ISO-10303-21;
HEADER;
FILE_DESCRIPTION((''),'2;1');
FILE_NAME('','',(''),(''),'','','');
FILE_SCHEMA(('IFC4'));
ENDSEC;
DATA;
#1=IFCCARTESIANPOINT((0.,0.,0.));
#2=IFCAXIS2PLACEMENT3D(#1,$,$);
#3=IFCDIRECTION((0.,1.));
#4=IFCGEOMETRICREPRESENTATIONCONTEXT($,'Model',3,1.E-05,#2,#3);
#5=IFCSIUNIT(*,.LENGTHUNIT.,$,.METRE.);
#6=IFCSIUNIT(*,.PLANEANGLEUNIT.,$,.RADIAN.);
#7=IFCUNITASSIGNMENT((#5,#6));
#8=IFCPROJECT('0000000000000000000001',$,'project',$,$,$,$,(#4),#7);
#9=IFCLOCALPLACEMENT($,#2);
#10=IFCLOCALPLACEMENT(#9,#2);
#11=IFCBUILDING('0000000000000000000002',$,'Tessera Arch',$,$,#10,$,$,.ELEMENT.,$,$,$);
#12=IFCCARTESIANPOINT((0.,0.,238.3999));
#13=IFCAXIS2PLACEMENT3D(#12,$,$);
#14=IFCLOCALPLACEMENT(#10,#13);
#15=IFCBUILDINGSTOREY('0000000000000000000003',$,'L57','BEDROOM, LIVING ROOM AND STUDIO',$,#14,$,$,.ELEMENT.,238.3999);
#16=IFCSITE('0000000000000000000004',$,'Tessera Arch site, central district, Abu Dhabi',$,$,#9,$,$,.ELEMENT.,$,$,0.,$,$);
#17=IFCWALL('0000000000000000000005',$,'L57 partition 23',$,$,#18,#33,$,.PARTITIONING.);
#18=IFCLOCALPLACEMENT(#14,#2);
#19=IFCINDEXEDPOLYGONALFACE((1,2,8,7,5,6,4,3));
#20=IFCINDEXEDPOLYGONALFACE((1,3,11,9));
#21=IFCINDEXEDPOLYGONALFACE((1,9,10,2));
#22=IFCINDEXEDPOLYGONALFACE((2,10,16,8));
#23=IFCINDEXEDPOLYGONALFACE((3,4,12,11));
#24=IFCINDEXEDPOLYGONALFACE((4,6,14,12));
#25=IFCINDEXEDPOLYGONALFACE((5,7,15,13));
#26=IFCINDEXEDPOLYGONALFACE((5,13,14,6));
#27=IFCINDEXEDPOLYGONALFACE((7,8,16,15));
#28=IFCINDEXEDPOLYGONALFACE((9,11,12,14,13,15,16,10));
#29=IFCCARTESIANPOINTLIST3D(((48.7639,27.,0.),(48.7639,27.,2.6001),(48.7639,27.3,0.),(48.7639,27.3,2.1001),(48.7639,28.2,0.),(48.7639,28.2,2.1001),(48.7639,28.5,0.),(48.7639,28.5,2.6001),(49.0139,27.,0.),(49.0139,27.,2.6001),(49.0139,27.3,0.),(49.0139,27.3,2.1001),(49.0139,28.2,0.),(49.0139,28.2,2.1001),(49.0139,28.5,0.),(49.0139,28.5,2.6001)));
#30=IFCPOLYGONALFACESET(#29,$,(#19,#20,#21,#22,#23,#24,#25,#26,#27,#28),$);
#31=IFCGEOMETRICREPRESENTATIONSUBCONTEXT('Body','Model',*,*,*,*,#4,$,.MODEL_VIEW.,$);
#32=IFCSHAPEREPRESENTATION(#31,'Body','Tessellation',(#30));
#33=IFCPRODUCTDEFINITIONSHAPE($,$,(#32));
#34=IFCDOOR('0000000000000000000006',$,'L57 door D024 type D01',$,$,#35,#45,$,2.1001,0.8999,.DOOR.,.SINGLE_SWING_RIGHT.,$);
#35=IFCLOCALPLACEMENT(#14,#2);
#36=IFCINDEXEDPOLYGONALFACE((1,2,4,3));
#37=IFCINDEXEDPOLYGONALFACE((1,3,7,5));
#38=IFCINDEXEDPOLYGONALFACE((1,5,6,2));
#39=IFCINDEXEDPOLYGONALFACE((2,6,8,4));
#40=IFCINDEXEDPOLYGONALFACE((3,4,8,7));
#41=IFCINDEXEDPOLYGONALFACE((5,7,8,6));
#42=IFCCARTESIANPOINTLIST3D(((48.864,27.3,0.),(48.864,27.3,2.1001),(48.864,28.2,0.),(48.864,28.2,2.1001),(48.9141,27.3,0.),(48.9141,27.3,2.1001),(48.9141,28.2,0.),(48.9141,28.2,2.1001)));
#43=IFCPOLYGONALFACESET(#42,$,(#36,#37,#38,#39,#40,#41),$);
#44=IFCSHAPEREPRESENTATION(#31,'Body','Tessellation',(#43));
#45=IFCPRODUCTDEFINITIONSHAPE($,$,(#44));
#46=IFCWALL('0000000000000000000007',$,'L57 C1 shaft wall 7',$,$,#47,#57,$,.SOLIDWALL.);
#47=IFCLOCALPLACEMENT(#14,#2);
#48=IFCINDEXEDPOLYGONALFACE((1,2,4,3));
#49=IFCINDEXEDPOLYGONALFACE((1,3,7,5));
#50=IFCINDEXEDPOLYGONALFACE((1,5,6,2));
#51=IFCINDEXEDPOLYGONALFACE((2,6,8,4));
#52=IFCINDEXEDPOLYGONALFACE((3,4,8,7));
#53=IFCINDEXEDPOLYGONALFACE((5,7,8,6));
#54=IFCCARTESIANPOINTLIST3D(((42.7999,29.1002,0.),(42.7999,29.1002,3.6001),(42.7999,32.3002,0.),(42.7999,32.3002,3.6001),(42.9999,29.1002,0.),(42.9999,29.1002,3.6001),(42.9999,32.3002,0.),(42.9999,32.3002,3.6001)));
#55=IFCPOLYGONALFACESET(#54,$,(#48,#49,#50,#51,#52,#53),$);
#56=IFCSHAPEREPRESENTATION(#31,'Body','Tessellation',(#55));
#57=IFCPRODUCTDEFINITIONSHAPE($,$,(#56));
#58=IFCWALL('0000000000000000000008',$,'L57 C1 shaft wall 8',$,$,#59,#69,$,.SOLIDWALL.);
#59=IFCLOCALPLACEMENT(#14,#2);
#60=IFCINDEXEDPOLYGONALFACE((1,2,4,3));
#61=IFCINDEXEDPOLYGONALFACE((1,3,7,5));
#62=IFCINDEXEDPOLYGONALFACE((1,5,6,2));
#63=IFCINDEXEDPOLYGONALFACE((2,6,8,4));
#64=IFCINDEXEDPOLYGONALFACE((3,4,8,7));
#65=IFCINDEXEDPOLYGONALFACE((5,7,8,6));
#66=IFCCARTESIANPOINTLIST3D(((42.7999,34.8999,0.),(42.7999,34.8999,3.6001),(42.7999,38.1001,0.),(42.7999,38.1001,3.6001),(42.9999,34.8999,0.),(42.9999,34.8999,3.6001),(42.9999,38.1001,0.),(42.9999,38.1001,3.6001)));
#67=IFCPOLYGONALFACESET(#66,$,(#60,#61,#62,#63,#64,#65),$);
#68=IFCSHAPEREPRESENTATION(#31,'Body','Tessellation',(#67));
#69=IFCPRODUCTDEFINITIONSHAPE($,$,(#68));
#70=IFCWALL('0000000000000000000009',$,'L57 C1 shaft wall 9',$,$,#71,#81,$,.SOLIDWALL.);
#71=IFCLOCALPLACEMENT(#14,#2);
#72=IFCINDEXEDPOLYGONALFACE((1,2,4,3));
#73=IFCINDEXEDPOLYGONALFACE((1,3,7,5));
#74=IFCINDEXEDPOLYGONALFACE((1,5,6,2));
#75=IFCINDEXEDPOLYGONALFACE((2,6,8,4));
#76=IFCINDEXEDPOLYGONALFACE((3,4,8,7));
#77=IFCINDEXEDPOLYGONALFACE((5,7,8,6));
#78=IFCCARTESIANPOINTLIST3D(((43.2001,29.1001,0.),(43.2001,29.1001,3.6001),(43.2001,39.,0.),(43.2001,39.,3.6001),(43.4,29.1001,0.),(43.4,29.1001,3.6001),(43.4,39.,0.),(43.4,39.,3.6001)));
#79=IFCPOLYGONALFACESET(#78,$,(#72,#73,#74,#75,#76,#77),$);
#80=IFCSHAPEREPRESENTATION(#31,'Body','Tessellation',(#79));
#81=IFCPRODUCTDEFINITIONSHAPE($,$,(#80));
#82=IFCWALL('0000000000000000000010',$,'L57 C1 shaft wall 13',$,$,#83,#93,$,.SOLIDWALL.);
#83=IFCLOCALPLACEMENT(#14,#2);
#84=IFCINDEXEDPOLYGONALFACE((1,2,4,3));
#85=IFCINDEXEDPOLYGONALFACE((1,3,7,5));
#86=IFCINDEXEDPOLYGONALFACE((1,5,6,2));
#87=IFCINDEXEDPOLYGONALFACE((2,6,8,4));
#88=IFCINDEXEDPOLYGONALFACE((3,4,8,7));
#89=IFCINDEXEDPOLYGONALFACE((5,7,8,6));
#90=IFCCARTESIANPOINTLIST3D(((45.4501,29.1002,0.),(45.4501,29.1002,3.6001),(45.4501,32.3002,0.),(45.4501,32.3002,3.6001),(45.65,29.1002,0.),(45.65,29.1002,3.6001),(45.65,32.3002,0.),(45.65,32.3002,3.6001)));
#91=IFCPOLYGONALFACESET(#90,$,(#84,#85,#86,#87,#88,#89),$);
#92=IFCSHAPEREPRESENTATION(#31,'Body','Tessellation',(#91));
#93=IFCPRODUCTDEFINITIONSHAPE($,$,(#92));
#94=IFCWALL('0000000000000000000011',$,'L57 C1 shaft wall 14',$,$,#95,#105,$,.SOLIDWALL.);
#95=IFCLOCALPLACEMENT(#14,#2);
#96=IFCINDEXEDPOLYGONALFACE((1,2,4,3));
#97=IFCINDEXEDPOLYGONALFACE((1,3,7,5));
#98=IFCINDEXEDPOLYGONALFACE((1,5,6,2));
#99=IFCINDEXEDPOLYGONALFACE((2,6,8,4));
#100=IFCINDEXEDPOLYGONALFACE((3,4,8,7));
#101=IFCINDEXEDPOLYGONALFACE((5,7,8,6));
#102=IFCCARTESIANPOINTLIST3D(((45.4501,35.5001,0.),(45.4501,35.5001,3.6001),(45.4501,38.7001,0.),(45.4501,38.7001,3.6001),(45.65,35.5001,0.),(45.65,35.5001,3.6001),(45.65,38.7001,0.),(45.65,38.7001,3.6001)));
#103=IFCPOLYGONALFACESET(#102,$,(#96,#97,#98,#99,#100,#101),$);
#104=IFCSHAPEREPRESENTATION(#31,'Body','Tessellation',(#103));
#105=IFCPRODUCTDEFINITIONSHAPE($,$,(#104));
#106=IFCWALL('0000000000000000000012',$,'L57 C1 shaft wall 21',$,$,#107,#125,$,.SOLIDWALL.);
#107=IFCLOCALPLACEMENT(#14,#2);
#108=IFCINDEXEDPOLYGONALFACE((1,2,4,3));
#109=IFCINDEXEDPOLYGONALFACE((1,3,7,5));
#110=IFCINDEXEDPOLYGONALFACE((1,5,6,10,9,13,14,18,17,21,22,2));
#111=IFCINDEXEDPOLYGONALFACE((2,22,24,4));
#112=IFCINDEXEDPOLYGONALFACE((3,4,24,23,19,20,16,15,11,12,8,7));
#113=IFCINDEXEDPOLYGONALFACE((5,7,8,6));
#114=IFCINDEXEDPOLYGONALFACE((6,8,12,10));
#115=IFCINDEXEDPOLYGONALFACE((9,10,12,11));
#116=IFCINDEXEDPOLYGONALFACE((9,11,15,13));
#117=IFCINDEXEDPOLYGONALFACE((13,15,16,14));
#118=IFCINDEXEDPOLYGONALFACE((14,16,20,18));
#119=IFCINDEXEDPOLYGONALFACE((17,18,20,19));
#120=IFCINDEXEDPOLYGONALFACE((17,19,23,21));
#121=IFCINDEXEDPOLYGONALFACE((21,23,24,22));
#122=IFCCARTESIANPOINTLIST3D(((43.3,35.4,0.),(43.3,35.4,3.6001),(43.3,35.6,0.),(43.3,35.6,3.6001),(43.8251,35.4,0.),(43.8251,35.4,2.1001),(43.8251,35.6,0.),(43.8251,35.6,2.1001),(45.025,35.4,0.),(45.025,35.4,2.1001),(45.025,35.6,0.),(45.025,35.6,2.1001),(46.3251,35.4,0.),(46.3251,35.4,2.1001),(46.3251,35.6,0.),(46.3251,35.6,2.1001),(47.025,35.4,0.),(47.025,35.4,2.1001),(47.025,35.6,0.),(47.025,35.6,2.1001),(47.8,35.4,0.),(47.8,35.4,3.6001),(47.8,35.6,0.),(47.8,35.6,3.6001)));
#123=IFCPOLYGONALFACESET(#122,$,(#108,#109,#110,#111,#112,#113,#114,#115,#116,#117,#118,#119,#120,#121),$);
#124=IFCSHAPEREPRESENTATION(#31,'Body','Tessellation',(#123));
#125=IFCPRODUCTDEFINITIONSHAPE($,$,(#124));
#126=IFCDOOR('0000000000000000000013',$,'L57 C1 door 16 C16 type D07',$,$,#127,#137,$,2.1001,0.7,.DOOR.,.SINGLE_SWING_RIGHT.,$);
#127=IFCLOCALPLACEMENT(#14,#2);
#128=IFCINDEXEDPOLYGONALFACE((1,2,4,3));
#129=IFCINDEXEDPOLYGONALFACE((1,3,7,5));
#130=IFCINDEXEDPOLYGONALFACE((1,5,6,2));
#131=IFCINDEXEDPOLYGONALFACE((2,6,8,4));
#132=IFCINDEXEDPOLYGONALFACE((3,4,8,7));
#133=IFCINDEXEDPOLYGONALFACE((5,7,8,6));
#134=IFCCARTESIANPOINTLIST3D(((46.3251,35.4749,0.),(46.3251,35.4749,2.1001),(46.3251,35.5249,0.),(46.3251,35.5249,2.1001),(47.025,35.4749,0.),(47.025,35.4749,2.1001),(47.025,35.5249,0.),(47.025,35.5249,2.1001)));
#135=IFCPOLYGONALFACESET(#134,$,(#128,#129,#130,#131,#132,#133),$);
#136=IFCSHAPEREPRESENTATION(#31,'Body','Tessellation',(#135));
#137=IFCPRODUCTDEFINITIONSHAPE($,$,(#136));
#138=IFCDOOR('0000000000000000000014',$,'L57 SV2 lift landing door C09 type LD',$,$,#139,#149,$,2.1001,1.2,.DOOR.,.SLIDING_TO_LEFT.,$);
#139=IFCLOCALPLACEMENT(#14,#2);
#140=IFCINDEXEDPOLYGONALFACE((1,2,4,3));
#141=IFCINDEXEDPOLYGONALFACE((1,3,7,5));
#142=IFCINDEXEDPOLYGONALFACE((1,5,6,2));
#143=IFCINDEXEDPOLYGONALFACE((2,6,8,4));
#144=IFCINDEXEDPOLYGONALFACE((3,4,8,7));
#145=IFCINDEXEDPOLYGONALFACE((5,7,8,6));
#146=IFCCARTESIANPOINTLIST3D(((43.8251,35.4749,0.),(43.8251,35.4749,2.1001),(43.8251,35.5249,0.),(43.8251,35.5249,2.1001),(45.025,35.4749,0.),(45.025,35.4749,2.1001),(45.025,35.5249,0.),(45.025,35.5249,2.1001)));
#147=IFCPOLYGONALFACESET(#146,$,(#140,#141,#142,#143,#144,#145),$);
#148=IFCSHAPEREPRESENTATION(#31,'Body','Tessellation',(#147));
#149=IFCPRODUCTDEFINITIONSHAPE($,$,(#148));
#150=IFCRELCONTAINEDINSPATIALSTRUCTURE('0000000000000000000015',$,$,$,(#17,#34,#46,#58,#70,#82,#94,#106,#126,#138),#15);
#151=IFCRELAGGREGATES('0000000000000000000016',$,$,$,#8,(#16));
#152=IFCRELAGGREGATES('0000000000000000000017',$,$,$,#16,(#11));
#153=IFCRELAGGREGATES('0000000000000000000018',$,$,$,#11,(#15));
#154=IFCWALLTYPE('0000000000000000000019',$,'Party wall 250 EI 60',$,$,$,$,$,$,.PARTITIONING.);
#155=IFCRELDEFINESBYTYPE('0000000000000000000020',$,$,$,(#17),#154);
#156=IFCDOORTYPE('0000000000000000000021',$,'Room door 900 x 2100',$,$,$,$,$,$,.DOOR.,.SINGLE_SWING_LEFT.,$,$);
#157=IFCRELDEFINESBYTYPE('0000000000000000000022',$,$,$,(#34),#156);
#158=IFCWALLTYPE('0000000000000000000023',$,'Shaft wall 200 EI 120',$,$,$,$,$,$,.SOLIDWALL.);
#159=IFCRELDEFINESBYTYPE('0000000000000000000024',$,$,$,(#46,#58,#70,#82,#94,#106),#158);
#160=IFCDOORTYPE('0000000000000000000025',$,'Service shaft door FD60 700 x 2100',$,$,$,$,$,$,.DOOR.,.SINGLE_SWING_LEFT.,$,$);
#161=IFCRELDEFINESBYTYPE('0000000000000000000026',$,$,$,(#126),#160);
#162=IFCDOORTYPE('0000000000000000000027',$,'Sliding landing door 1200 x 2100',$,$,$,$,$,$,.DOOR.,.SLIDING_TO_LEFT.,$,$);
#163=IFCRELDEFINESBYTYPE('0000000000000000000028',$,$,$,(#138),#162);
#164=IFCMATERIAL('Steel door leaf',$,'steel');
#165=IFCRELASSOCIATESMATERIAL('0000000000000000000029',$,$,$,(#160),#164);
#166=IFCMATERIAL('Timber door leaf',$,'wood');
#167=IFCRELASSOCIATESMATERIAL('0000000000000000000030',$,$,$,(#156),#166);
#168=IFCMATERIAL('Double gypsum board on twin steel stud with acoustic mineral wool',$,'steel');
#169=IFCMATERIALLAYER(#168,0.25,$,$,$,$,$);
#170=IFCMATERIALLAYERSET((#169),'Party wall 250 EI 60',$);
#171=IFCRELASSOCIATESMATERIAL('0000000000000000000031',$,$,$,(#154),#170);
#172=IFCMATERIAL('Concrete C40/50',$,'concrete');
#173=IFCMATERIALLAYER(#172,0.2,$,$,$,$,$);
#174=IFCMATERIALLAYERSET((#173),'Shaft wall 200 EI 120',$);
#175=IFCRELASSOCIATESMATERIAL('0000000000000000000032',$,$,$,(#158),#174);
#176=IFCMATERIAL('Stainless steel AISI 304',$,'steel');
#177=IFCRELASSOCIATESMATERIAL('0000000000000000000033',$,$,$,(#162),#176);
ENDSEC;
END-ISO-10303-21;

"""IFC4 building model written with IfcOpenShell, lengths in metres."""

from ifc_helpers import new_model, si_unit, direction, frame, frame_2d, origin, place, context, subcontext, project, spatial, rectangle, extrude, material, layer, layer_set, type_object, element, fill, save


model = new_model("IFC4")

# Units and contexts
model_context = context("Model", 3, precision=1e-05, world=origin(), true_north=direction((0.0, 1.0)))
body_context = subcontext(model_context, "Body", "Model", "MODEL_VIEW")
ifc_project = project(units=[si_unit("LENGTHUNIT", "METRE"), si_unit("PLANEANGLEUNIT", "RADIAN")], contexts=[model_context])

# Site, building, storey
site_placement = place(None, origin())
site = spatial("IfcSite", under=ifc_project, at=site_placement, Name="Tessera Arch site, central district, Abu Dhabi", CompositionType="ELEMENT", RefElevation=0.0)
building_placement = place(site_placement, origin())
building = spatial("IfcBuilding", under=site, at=building_placement, Name="Tessera Arch", CompositionType="ELEMENT")
storey_placement = place(building_placement, frame((0.0, 0.0, 238.3999)))
storey = spatial("IfcBuildingStorey", under=building, at=storey_placement, Name="L57", Description="BEDROOM, LIVING ROOM AND STUDIO", CompositionType="ELEMENT", Elevation=238.3999)

# Shared definitions
ifc_material_1 = material(Name="Steel door leaf", Category="steel")
door_type_1 = type_object("IfcDoorType", Name="Service shaft door FD60 700 x 2100", OperationType="SINGLE_SWING_LEFT", PredefinedType="DOOR", material=ifc_material_1)

# Shared definitions
ifc_material_2 = material(Name="Timber door leaf", Category="wood")
door_type_2 = type_object("IfcDoorType", Name="Room door 900 x 2100", OperationType="SINGLE_SWING_LEFT", PredefinedType="DOOR", material=ifc_material_2)

# Wall, opening, door
ifc_material_3 = material(Name="Double gypsum board on twin steel stud with acoustic mineral wool", Category="steel")
ifc_layer_1 = layer(ifc_material_3, 0.25)
ifc_layer_set_1 = layer_set([ifc_layer_1], Name="Party wall 250 EI 60")
wall_type_1 = type_object("IfcWallType", Name="Party wall 250 EI 60", PredefinedType="PARTITIONING", material=ifc_layer_set_1)
wall_1_placement = place(storey_placement, frame((48.8889, 27.0, 0.0), z_axis=(0.0, 0.0, 1.0), x_axis=(0.0, 1.0, 0.0)))
wall_1 = element("IfcWall", 1, at=wall_1_placement, inside=storey, type_object=wall_type_1, Name="L57 partition 23", PredefinedType="PARTITIONING", context=body_context, shape_type="SweptSolid", body=[
    extrude(rectangle(XDim=1.5, YDim=0.25, at=frame_2d((0.75, 0.0))), origin(), (0.0, 0.0, 1.0), 2.6001),
])
opening_1_placement = place(wall_1_placement, frame((0.3, 0.0, 0.0)))
opening_1 = element("IfcOpeningElement", 2, at=opening_1_placement, cuts=wall_1, PredefinedType="OPENING", context=body_context, shape_type="SweptSolid", body=[
    extrude(rectangle(XDim=0.8999, YDim=2.1001, at=frame_2d((0.45, 1.05))), frame((0.0, 0.135, 0.0), z_axis=(0.0, -1.0, 0.0), x_axis=(1.0, 0.0, 0.0)), (0.0, 0.0, 1.0), 0.27),
])
door_1_placement = place(opening_1_placement, origin())
door_1 = element("IfcDoor", 3, at=door_1_placement, inside=storey, type_object=door_type_2, Name="L57 door D024 type D01", OperationType="SINGLE_SWING_RIGHT", OverallHeight=2.1001, OverallWidth=0.8999, PredefinedType="DOOR", context=body_context, shape_type="SweptSolid", body=[
    extrude(rectangle(XDim=0.8999, YDim=2.1001, at=frame_2d((0.45, 1.05))), frame((0.0, 0.0249, 0.0), z_axis=(0.0, -1.0, 0.0), x_axis=(1.0, 0.0, 0.0)), (0.0, 0.0, 1.0), 0.05),
])
fill(opening_1, door_1)

# Walls
ifc_material_4 = material(Name="Concrete C40/50", Category="concrete")
ifc_layer_2 = layer(ifc_material_4, 0.2)
ifc_layer_set_2 = layer_set([ifc_layer_2], Name="Shaft wall 200 EI 120")
wall_type_2 = type_object("IfcWallType", Name="Shaft wall 200 EI 120", PredefinedType="SOLIDWALL", material=ifc_layer_set_2)
wall_2_placement = place(storey_placement, frame((42.8999, 29.1001, 0.0), z_axis=(0.0, 0.0, 1.0), x_axis=(0.0, 1.0, 0.0)))
element("IfcWall", 4, at=wall_2_placement, inside=storey, type_object=wall_type_2, Name="L57 C1 shaft wall 7", PredefinedType="SOLIDWALL", context=body_context, shape_type="SweptSolid", body=[
    extrude(rectangle(XDim=3.2, YDim=0.2, at=frame_2d((1.6001, 0.0))), origin(), (0.0, 0.0, 1.0), 3.6001),
])
wall_3_placement = place(storey_placement, frame((42.8999, 34.8999, 0.0), z_axis=(0.0, 0.0, 1.0), x_axis=(0.0, 1.0, 0.0)))
element("IfcWall", 5, at=wall_3_placement, inside=storey, type_object=wall_type_2, Name="L57 C1 shaft wall 8", PredefinedType="SOLIDWALL", context=body_context, shape_type="SweptSolid", body=[
    extrude(rectangle(XDim=3.2002, YDim=0.2, at=frame_2d((1.6001, 0.0))), origin(), (0.0, 0.0, 1.0), 3.6001),
])
wall_4_placement = place(storey_placement, frame((43.3, 29.1001, 0.0), z_axis=(0.0, 0.0, 1.0), x_axis=(0.0, 1.0, 0.0)))
element("IfcWall", 6, at=wall_4_placement, inside=storey, type_object=wall_type_2, Name="L57 C1 shaft wall 9", PredefinedType="SOLIDWALL", context=body_context, shape_type="SweptSolid", body=[
    extrude(rectangle(XDim=9.8999, YDim=0.2, at=frame_2d((4.95, 0.0))), origin(), (0.0, 0.0, 1.0), 3.6001),
])
for number, where, z_axis, x_axis, name in (
    (7, (45.55, 29.1001, 0.0), (0.0, 0.0, 1.0), (0.0, 1.0, 0.0), "L57 C1 shaft wall 13"),
    (8, (45.55, 35.5, 0.0), (0.0, 0.0, 1.0), (0.0, 1.0, 0.0), "L57 C1 shaft wall 14"),
):
    element("IfcWall", number, at=place(storey_placement, frame(where, z_axis=z_axis, x_axis=x_axis)), inside=storey, type_object=wall_type_2, Name=name, PredefinedType="SOLIDWALL", context=body_context, shape_type="SweptSolid", body=[
        extrude(rectangle(XDim=3.2, YDim=0.2, at=frame_2d((1.6001, 0.0))), origin(), (0.0, 0.0, 1.0), 3.6001),
    ])

# Wall, openings, doors
wall_5_placement = place(storey_placement, frame((43.3, 35.5, 0.0), z_axis=(0.0, 0.0, 1.0), x_axis=(1.0, 0.0, 0.0)))
wall_5 = element("IfcWall", 9, at=wall_5_placement, inside=storey, type_object=wall_type_2, Name="L57 C1 shaft wall 21", PredefinedType="SOLIDWALL", context=body_context, shape_type="SweptSolid", body=[
    extrude(rectangle(XDim=4.5, YDim=0.2, at=frame_2d((2.25, 0.0))), origin(), (0.0, 0.0, 1.0), 3.6001),
])
opening_2_placement = place(wall_5_placement, frame((0.5249, 0.0, 0.0)))
opening_2 = element("IfcOpeningElement", 10, at=opening_2_placement, cuts=wall_5, PredefinedType="OPENING", context=body_context, shape_type="SweptSolid", body=[
    extrude(rectangle(XDim=1.2, YDim=2.1001, at=frame_2d((0.6001, 1.05))), frame((0.0, 0.1099, 0.0), z_axis=(0.0, -1.0, 0.0), x_axis=(1.0, 0.0, 0.0)), (0.0, 0.0, 1.0), 0.22),
])
opening_3_placement = place(wall_5_placement, frame((3.0249, 0.0, 0.0)))
opening_3 = element("IfcOpeningElement", 11, at=opening_3_placement, cuts=wall_5, PredefinedType="OPENING", context=body_context, shape_type="SweptSolid", body=[
    extrude(rectangle(XDim=0.7, YDim=2.1001, at=frame_2d((0.3501, 1.05))), frame((0.0, 0.1099, 0.0), z_axis=(0.0, -1.0, 0.0), x_axis=(1.0, 0.0, 0.0)), (0.0, 0.0, 1.0), 0.22),
])
door_2_placement = place(opening_3_placement, origin())
door_2 = element("IfcDoor", 12, at=door_2_placement, inside=storey, type_object=door_type_1, Name="L57 C1 door 16 C16 type D07", OperationType="SINGLE_SWING_RIGHT", OverallHeight=2.1001, OverallWidth=0.7, PredefinedType="DOOR", context=body_context, shape_type="SweptSolid", body=[
    extrude(rectangle(XDim=0.7, YDim=2.1001, at=frame_2d((0.3501, 1.05))), frame((0.0, 0.0249, 0.0), z_axis=(0.0, -1.0, 0.0), x_axis=(1.0, 0.0, 0.0)), (0.0, 0.0, 1.0), 0.05),
])
fill(opening_3, door_2)
ifc_material_5 = material(Name="Stainless steel AISI 304", Category="steel")
door_type_3 = type_object("IfcDoorType", Name="Sliding landing door 1200 x 2100", OperationType="SLIDING_TO_LEFT", PredefinedType="DOOR", material=ifc_material_5)
door_3_placement = place(opening_2_placement, origin())
door_3 = element("IfcDoor", 13, at=door_3_placement, inside=storey, type_object=door_type_3, Name="L57 SV2 lift landing door C09 type LD", OperationType="SLIDING_TO_LEFT", OverallHeight=2.1001, OverallWidth=1.2, PredefinedType="DOOR", context=body_context, shape_type="SweptSolid", body=[
    extrude(rectangle(XDim=1.2, YDim=2.1001, at=frame_2d((0.6001, 1.05))), frame((0.0, 0.0249, 0.0), z_axis=(0.0, -1.0, 0.0), x_axis=(1.0, 0.0, 0.0)), (0.0, 0.0, 1.0), 0.05),
])
fill(opening_2, door_3)

save(model, "model.ifc")
